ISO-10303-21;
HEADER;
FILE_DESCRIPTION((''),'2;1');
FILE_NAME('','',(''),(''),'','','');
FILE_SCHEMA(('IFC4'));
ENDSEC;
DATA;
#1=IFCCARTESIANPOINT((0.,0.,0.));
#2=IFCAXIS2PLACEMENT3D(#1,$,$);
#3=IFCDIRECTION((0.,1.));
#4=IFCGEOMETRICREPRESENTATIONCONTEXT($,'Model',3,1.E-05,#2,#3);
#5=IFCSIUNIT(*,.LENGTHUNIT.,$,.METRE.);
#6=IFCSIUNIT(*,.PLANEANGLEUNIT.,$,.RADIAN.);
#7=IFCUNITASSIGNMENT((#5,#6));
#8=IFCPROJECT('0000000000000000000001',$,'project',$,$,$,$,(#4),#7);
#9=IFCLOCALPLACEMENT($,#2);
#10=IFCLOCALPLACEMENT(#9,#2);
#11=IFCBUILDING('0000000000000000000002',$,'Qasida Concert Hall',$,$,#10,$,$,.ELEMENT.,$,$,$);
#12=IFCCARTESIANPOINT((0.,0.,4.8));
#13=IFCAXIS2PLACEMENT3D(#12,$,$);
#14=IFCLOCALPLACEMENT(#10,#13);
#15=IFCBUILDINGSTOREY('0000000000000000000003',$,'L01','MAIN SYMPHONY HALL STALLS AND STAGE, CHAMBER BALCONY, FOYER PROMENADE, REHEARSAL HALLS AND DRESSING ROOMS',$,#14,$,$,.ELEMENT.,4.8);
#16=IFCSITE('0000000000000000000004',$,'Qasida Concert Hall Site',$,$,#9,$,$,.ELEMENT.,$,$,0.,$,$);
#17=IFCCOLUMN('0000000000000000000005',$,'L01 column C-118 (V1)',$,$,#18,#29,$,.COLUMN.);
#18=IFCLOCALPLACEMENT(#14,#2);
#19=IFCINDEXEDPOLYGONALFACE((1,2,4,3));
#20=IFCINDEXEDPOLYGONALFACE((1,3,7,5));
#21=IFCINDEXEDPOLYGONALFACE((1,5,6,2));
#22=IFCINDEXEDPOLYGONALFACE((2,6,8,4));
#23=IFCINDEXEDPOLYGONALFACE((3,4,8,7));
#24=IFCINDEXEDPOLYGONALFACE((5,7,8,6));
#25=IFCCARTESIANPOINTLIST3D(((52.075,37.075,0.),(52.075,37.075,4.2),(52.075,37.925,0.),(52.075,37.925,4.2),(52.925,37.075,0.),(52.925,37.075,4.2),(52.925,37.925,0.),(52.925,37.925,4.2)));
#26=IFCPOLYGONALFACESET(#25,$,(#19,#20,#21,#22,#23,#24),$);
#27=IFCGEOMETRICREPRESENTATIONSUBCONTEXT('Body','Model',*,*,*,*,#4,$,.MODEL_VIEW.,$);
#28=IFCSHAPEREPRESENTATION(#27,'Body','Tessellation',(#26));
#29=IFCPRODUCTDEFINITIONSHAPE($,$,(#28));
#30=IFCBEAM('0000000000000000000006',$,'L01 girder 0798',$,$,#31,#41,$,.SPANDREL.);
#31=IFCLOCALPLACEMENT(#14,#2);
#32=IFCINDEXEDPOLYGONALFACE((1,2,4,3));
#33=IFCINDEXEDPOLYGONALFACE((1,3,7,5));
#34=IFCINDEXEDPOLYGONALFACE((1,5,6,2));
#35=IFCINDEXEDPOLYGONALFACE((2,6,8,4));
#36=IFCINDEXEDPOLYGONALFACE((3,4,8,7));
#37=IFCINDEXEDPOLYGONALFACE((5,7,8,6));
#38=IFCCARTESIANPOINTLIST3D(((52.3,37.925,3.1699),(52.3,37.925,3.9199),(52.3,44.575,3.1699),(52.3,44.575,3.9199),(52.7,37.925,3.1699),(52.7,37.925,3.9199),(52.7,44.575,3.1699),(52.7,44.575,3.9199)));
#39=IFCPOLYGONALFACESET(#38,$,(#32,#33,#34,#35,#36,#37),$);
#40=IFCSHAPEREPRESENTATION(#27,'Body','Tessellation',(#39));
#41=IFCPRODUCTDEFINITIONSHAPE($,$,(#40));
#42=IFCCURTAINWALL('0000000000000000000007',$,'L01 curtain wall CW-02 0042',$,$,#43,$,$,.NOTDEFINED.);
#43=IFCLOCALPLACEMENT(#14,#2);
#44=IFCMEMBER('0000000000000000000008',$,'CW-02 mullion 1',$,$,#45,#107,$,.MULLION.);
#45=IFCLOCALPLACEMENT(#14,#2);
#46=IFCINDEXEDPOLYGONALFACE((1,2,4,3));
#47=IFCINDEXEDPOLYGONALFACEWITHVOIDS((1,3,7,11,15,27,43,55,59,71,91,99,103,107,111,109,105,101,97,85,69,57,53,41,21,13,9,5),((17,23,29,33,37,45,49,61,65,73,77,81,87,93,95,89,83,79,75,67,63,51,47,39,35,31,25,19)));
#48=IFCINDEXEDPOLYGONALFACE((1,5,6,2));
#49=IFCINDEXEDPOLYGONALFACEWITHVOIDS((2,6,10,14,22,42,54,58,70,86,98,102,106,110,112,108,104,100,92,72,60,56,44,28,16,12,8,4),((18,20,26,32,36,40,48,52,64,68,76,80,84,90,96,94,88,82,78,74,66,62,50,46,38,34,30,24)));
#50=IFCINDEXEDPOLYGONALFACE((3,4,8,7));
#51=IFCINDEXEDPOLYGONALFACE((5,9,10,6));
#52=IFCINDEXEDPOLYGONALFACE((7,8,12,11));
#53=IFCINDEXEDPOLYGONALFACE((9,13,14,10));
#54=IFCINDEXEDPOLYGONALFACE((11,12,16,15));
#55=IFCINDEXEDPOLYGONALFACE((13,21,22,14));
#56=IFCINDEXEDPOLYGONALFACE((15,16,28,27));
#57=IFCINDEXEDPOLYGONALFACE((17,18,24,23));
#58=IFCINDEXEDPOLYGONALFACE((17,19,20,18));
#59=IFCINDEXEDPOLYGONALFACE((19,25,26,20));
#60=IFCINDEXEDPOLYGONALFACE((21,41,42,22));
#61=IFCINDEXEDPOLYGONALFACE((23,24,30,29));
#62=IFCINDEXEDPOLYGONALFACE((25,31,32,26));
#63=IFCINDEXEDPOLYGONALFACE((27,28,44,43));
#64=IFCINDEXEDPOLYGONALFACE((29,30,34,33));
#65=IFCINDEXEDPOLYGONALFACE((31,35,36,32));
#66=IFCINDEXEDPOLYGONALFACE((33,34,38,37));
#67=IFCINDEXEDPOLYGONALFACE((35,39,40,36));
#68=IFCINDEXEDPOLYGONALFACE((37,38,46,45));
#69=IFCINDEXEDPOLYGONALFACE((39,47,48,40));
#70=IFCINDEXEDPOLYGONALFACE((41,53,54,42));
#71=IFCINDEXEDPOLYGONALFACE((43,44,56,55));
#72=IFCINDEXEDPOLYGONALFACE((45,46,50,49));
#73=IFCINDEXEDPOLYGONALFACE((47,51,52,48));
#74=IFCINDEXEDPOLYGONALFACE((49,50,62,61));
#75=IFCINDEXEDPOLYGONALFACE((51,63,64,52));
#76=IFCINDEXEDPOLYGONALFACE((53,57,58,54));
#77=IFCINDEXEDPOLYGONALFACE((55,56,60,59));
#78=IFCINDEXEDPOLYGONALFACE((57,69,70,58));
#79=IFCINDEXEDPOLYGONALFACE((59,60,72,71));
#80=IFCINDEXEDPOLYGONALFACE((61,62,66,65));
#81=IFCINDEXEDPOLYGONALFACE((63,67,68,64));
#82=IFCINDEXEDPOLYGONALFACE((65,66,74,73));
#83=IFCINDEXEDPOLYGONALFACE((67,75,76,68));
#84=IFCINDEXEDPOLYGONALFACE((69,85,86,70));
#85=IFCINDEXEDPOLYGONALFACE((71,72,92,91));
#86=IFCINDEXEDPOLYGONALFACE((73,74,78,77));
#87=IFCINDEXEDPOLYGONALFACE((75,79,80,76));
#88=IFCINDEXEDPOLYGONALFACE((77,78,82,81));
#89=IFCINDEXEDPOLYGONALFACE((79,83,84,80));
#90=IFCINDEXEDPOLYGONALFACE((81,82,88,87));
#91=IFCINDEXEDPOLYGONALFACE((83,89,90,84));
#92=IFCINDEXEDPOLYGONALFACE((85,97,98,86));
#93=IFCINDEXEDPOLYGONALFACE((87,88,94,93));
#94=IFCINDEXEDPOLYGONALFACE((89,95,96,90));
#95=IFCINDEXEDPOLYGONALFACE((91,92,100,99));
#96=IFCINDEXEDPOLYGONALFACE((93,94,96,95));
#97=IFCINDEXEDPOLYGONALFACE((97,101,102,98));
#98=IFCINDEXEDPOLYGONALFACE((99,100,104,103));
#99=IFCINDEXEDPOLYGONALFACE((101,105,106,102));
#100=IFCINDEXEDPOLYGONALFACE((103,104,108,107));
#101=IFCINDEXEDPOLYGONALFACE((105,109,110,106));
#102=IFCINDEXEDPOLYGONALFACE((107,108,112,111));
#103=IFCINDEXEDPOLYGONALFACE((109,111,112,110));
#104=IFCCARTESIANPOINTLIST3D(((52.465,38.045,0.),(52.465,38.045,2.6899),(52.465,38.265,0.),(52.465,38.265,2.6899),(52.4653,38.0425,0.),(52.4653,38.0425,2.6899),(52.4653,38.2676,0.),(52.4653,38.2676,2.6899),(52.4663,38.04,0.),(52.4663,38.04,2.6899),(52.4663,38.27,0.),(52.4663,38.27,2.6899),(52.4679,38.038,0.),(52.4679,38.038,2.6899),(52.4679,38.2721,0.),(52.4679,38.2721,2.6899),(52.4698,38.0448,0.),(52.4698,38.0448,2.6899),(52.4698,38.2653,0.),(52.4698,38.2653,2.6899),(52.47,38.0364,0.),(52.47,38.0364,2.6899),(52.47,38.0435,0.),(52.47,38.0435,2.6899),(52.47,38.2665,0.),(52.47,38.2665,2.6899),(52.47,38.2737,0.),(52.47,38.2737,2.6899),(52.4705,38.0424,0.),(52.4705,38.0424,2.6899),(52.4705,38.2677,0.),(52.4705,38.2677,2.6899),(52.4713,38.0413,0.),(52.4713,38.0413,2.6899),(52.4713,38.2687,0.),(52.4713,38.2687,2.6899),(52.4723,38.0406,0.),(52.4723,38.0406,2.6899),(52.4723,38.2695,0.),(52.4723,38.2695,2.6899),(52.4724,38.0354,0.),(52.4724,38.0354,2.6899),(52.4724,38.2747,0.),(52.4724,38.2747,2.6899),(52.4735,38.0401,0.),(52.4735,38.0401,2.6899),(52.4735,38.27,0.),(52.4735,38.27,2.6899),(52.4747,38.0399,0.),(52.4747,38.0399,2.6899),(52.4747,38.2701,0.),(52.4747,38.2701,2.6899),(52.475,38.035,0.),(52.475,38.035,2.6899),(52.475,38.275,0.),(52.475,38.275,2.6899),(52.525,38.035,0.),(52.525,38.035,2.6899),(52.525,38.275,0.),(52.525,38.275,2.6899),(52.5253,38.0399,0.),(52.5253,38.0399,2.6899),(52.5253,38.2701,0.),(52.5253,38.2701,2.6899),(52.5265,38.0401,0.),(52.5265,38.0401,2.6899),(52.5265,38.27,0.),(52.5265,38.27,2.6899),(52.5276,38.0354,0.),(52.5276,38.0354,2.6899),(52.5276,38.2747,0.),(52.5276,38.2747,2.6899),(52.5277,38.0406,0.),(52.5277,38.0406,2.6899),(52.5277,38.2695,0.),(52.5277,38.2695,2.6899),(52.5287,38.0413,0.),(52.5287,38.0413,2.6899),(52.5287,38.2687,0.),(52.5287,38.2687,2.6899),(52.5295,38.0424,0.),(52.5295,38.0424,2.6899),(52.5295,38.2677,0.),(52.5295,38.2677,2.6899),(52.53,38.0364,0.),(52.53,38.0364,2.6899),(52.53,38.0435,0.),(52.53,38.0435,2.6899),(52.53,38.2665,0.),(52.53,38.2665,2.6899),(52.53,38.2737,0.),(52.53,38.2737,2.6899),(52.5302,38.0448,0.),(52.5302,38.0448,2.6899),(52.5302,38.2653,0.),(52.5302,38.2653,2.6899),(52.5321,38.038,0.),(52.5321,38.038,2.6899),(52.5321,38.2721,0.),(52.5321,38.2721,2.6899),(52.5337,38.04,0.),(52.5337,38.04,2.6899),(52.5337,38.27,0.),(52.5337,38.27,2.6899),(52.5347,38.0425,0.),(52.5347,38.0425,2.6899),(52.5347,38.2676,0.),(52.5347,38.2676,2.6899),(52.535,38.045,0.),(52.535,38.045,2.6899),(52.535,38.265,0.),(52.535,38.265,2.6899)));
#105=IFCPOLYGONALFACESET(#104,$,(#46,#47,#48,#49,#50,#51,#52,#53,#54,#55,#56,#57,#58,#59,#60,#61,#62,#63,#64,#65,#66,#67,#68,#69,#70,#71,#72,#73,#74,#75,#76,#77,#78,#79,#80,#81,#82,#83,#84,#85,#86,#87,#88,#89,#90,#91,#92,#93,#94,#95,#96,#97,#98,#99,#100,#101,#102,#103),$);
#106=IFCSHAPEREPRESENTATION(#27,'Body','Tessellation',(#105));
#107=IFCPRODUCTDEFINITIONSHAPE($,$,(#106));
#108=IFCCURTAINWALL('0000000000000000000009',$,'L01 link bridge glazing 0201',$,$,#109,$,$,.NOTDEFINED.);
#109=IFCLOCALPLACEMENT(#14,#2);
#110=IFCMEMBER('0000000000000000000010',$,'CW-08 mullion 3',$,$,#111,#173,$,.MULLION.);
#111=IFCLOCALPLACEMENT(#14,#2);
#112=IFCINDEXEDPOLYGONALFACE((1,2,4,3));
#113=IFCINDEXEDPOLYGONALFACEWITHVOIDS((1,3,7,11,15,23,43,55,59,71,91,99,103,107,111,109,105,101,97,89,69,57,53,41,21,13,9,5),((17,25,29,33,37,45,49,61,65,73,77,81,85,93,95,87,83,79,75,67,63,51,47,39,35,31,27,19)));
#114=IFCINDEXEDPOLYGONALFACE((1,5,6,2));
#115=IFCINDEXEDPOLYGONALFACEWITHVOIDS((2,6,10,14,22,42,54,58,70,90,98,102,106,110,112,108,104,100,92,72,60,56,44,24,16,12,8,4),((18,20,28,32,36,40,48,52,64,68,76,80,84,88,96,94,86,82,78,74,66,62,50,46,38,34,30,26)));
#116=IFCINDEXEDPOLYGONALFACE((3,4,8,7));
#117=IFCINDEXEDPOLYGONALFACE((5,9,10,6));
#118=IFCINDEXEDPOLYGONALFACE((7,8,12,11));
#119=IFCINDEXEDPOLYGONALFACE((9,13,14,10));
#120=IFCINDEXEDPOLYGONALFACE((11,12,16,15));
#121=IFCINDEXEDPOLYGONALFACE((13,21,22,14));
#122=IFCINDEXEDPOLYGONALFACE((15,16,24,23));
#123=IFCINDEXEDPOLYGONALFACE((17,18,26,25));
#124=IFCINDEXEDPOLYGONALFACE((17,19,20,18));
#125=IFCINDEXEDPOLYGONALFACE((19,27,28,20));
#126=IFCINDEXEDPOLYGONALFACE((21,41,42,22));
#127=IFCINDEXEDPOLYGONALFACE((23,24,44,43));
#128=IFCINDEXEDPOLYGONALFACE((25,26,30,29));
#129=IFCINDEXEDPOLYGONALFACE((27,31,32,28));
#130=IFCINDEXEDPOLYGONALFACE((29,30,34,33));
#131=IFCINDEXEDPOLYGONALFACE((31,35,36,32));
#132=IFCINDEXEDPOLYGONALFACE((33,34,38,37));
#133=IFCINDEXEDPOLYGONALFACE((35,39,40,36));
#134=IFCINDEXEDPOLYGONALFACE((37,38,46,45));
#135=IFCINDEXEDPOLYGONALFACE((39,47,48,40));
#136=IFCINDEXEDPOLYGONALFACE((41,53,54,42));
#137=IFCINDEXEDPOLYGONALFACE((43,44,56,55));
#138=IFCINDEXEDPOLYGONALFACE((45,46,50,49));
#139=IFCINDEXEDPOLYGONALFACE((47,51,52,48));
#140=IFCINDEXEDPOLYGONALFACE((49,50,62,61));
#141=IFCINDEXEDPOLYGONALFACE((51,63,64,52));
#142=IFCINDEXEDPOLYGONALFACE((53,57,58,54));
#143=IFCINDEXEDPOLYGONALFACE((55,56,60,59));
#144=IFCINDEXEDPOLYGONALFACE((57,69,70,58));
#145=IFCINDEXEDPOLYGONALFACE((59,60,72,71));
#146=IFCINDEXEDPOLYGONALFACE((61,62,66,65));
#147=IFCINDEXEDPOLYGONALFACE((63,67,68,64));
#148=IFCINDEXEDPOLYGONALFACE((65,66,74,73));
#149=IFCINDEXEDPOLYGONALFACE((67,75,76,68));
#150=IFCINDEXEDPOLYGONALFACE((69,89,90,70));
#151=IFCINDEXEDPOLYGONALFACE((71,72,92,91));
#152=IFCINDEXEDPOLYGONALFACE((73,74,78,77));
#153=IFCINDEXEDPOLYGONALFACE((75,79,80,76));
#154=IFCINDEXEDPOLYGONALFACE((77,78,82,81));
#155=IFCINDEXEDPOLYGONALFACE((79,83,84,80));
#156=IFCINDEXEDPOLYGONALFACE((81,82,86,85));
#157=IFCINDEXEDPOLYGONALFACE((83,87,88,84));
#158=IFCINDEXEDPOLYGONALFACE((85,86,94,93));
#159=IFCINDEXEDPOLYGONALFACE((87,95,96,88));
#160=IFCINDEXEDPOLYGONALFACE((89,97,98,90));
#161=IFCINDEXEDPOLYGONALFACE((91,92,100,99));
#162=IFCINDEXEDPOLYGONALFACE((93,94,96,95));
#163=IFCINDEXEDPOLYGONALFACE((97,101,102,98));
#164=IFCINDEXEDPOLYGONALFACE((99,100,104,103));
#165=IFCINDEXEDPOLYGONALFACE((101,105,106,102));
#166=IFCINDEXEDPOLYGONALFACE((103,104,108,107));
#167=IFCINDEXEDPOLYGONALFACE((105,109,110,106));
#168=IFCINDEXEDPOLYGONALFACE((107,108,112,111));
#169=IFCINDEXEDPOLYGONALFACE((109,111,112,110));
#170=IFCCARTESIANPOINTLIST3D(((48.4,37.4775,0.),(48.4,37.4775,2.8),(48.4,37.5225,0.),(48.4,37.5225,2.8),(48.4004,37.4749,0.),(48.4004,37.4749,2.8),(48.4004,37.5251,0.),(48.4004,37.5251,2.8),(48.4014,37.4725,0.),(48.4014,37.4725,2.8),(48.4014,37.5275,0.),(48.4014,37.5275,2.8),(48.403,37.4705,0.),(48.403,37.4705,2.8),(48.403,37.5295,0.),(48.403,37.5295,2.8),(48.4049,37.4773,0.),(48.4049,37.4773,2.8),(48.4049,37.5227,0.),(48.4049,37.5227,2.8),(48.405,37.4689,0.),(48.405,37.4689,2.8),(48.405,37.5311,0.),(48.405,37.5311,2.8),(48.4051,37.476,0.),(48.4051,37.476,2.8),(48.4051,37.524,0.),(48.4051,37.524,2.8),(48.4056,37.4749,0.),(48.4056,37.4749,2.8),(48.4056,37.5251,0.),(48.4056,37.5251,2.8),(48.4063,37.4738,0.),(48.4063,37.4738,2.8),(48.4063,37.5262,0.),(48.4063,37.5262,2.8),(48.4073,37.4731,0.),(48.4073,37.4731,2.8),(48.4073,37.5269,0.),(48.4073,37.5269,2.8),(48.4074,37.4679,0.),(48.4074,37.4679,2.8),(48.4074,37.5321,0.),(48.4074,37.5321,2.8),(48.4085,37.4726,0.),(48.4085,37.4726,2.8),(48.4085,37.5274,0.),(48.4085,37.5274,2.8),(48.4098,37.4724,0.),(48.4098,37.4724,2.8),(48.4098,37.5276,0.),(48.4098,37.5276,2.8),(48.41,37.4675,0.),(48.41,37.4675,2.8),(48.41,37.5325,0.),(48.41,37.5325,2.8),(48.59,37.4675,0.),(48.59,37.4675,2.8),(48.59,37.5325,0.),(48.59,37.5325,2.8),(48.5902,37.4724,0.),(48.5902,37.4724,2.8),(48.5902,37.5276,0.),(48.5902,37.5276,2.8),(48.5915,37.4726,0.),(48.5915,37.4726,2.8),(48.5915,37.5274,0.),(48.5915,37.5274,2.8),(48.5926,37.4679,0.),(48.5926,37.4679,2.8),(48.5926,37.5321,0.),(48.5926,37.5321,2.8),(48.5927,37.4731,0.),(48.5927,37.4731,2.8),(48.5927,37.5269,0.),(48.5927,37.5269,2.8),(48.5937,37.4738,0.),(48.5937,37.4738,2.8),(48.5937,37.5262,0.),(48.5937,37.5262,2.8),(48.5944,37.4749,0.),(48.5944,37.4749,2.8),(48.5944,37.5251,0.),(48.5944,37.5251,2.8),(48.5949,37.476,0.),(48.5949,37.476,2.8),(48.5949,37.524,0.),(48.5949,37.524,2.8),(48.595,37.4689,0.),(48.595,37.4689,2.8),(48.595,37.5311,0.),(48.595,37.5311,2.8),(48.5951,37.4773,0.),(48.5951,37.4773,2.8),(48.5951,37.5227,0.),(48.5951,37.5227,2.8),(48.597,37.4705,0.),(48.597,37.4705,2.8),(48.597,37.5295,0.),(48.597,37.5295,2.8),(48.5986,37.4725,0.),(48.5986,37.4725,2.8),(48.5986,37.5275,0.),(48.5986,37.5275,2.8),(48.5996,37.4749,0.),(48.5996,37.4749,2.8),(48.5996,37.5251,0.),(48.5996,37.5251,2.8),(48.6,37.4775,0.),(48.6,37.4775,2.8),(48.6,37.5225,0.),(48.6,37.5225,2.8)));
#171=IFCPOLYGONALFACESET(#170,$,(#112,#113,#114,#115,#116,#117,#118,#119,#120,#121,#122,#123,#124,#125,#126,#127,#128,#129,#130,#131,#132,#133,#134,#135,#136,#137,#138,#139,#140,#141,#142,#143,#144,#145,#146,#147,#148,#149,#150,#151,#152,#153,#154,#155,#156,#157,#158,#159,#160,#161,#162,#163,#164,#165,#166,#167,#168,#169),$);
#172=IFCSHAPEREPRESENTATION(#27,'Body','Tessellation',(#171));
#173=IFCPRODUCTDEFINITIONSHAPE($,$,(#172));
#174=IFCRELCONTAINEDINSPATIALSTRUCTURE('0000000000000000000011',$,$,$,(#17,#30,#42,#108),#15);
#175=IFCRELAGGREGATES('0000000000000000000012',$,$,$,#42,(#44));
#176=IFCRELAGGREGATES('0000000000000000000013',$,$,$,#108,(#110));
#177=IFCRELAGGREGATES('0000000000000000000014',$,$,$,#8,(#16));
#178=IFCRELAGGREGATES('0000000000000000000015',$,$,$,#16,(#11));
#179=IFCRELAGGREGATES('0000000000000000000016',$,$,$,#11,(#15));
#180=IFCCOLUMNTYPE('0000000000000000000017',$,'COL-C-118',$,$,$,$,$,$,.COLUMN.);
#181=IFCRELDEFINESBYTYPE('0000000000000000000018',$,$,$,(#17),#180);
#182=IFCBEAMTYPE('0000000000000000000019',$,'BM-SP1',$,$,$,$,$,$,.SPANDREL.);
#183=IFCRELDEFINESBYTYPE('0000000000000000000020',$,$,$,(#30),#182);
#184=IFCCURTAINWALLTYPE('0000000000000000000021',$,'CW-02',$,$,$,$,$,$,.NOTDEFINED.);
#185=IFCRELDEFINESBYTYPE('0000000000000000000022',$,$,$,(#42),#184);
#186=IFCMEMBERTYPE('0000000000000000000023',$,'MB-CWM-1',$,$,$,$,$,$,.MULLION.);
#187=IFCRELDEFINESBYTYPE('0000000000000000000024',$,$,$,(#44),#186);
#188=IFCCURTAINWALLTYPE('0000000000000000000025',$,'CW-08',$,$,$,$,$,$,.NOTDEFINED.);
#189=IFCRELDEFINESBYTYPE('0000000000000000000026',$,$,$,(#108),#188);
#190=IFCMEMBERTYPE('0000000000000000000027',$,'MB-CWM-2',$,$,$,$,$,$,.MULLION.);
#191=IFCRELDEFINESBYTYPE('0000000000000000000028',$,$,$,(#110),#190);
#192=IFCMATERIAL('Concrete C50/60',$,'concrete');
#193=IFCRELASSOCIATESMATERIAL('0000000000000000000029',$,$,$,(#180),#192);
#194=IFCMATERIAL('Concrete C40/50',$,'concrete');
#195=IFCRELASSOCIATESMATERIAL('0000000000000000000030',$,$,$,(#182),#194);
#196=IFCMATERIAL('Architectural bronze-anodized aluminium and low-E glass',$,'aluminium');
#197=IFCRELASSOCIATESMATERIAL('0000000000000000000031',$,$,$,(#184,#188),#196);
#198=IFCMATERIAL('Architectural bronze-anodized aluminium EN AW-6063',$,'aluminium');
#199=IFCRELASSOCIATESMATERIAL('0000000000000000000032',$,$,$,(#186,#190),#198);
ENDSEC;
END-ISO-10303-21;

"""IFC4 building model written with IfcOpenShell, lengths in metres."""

from ifc_helpers import new_model, si_unit, direction, frame, origin, origin_2d, place, context, subcontext, project, spatial, rectangle, hollow_rectangle, extrude, material, material_profile, profile_set, type_object, element, aggregate, save


model = new_model("IFC4")

# Units and contexts
model_context = context("Model", 3, precision=1e-05, world=origin(), true_north=direction((0.0, 1.0)))
body_context = subcontext(model_context, "Body", "Model", "MODEL_VIEW")
ifc_project = project(units=[si_unit("LENGTHUNIT", "METRE"), si_unit("PLANEANGLEUNIT", "RADIAN")], contexts=[model_context])

# Site, building, storey
site_placement = place(None, origin())
site = spatial("IfcSite", under=ifc_project, at=site_placement, Name="Qasida Concert Hall Site", CompositionType="ELEMENT", RefElevation=0.0)
building_placement = place(site_placement, origin())
building = spatial("IfcBuilding", under=site, at=building_placement, Name="Qasida Concert Hall", CompositionType="ELEMENT")
storey_placement = place(building_placement, frame((0.0, 0.0, 4.8)))
storey = spatial("IfcBuildingStorey", under=building, at=storey_placement, Name="L01", Description="MAIN SYMPHONY HALL STALLS AND STAGE, CHAMBER BALCONY, FOYER PROMENADE, REHEARSAL HALLS AND DRESSING ROOMS", CompositionType="ELEMENT", Elevation=4.8)

# Column
ifc_material_1 = material(Name="Concrete C50/60", Category="concrete")
ifc_material_profile_1 = material_profile(ifc_material_1, rectangle(XDim=0.8501, YDim=0.8501, at=origin_2d()), Name="RC 850x850")
ifc_profile_set_1 = profile_set([ifc_material_profile_1], Name="Concrete C50/60")
column_type = type_object("IfcColumnType", Name="COL-C-118", PredefinedType="COLUMN", material=ifc_profile_set_1)
column_placement = place(storey_placement, frame((52.5, 37.5, 0.0), z_axis=(0.0, 0.0, 1.0), x_axis=(1.0, 0.0, 0.0)))
element("IfcColumn", 1, at=column_placement, inside=storey, type_object=column_type, Name="L01 column C-118 (V1)", PredefinedType="COLUMN", context=body_context, shape_type="SweptSolid", body=[
    extrude(rectangle(XDim=0.8501, YDim=0.8501, at=origin_2d()), origin(), (0.0, 0.0, 1.0), 4.2),
])

# Beam
ifc_material_2 = material(Name="Concrete C40/50", Category="concrete")
ifc_material_profile_2 = material_profile(ifc_material_2, rectangle(XDim=0.3999, YDim=0.75, at=origin_2d()), Name="RC 400x750")
ifc_profile_set_2 = profile_set([ifc_material_profile_2], Name="Concrete C40/50")
beam_type = type_object("IfcBeamType", Name="BM-SP1", PredefinedType="SPANDREL", material=ifc_profile_set_2)
beam_placement = place(storey_placement, frame((52.5, 37.925, 3.5449), z_axis=(0.0, 1.0, 0.0), x_axis=(-1.0, 0.0, 0.0)))
element("IfcBeam", 2, at=beam_placement, inside=storey, type_object=beam_type, Name="L01 girder 0798", PredefinedType="SPANDREL", context=body_context, shape_type="SweptSolid", body=[
    extrude(rectangle(XDim=0.3999, YDim=0.75, at=origin_2d()), origin(), (0.0, 0.0, 1.0), 6.6499),
])

# Curtain wall, member
ifc_material_3 = material(Name="Architectural bronze-anodized aluminium and low-E glass", Category="aluminium")
curtain_wall_type_1 = type_object("IfcCurtainWallType", Name="CW-02", PredefinedType="NOTDEFINED", material=ifc_material_3)
curtain_wall_1_placement = place(storey_placement, origin())
curtain_wall_1 = element("IfcCurtainWall", 3, at=curtain_wall_1_placement, inside=storey, type_object=curtain_wall_type_1, Name="L01 curtain wall CW-02 0042", PredefinedType="NOTDEFINED")
ifc_material_4 = material(Name="Architectural bronze-anodized aluminium EN AW-6063", Category="aluminium")
ifc_material_profile_3 = material_profile(ifc_material_4, hollow_rectangle(XDim=0.0701, YDim=0.24, WallThickness=0.0049, InnerFilletRadius=0.0049, OuterFilletRadius=0.01, at=origin_2d()), Name="CWM 240x70x5")
ifc_profile_set_3 = profile_set([ifc_material_profile_3], Name="Architectural bronze-anodized aluminium EN AW-6063")
member_type_1 = type_object("IfcMemberType", Name="MB-CWM-1", PredefinedType="MULLION", material=ifc_profile_set_3)
member_1_placement = place(storey_placement, frame((52.5, 38.155, 0.0), z_axis=(0.0, 0.0, 1.0), x_axis=(-1.0, 0.0, 0.0)))
member_1 = element("IfcMember", 4, at=member_1_placement, type_object=member_type_1, Name="CW-02 mullion 1", PredefinedType="MULLION", context=body_context, shape_type="SweptSolid", body=[
    extrude(hollow_rectangle(XDim=0.0701, YDim=0.24, WallThickness=0.0049, InnerFilletRadius=0.0049, OuterFilletRadius=0.01, at=origin_2d()), origin(), (0.0, 0.0, 1.0), 2.6899),
])

# Curtain wall, member
curtain_wall_type_2 = type_object("IfcCurtainWallType", Name="CW-08", PredefinedType="NOTDEFINED", material=ifc_material_3)
curtain_wall_2_placement = place(storey_placement, origin())
curtain_wall_2 = element("IfcCurtainWall", 5, at=curtain_wall_2_placement, inside=storey, type_object=curtain_wall_type_2, Name="L01 link bridge glazing 0201", PredefinedType="NOTDEFINED")
ifc_material_profile_4 = material_profile(ifc_material_4, hollow_rectangle(XDim=0.0649, YDim=0.2, WallThickness=0.0049, InnerFilletRadius=0.0049, OuterFilletRadius=0.01, at=origin_2d()), Name="CWM 200x65x5")
ifc_profile_set_4 = profile_set([ifc_material_profile_4], Name="Architectural bronze-anodized aluminium EN AW-6063")
member_type_2 = type_object("IfcMemberType", Name="MB-CWM-2", PredefinedType="MULLION", material=ifc_profile_set_4)
member_2_placement = place(storey_placement, frame((48.5, 37.5, 0.0), z_axis=(0.0, 0.0, 1.0), x_axis=(0.0, 1.0, 0.0)))
member_2 = element("IfcMember", 6, at=member_2_placement, type_object=member_type_2, Name="CW-08 mullion 3", PredefinedType="MULLION", context=body_context, shape_type="SweptSolid", body=[
    extrude(hollow_rectangle(XDim=0.0649, YDim=0.2, WallThickness=0.0049, InnerFilletRadius=0.0049, OuterFilletRadius=0.01, at=origin_2d()), origin(), (0.0, 0.0, 1.0), 2.8),
])

aggregate(curtain_wall_1, [member_1])

aggregate(curtain_wall_2, [member_2])

save(model, "model.ifc")
